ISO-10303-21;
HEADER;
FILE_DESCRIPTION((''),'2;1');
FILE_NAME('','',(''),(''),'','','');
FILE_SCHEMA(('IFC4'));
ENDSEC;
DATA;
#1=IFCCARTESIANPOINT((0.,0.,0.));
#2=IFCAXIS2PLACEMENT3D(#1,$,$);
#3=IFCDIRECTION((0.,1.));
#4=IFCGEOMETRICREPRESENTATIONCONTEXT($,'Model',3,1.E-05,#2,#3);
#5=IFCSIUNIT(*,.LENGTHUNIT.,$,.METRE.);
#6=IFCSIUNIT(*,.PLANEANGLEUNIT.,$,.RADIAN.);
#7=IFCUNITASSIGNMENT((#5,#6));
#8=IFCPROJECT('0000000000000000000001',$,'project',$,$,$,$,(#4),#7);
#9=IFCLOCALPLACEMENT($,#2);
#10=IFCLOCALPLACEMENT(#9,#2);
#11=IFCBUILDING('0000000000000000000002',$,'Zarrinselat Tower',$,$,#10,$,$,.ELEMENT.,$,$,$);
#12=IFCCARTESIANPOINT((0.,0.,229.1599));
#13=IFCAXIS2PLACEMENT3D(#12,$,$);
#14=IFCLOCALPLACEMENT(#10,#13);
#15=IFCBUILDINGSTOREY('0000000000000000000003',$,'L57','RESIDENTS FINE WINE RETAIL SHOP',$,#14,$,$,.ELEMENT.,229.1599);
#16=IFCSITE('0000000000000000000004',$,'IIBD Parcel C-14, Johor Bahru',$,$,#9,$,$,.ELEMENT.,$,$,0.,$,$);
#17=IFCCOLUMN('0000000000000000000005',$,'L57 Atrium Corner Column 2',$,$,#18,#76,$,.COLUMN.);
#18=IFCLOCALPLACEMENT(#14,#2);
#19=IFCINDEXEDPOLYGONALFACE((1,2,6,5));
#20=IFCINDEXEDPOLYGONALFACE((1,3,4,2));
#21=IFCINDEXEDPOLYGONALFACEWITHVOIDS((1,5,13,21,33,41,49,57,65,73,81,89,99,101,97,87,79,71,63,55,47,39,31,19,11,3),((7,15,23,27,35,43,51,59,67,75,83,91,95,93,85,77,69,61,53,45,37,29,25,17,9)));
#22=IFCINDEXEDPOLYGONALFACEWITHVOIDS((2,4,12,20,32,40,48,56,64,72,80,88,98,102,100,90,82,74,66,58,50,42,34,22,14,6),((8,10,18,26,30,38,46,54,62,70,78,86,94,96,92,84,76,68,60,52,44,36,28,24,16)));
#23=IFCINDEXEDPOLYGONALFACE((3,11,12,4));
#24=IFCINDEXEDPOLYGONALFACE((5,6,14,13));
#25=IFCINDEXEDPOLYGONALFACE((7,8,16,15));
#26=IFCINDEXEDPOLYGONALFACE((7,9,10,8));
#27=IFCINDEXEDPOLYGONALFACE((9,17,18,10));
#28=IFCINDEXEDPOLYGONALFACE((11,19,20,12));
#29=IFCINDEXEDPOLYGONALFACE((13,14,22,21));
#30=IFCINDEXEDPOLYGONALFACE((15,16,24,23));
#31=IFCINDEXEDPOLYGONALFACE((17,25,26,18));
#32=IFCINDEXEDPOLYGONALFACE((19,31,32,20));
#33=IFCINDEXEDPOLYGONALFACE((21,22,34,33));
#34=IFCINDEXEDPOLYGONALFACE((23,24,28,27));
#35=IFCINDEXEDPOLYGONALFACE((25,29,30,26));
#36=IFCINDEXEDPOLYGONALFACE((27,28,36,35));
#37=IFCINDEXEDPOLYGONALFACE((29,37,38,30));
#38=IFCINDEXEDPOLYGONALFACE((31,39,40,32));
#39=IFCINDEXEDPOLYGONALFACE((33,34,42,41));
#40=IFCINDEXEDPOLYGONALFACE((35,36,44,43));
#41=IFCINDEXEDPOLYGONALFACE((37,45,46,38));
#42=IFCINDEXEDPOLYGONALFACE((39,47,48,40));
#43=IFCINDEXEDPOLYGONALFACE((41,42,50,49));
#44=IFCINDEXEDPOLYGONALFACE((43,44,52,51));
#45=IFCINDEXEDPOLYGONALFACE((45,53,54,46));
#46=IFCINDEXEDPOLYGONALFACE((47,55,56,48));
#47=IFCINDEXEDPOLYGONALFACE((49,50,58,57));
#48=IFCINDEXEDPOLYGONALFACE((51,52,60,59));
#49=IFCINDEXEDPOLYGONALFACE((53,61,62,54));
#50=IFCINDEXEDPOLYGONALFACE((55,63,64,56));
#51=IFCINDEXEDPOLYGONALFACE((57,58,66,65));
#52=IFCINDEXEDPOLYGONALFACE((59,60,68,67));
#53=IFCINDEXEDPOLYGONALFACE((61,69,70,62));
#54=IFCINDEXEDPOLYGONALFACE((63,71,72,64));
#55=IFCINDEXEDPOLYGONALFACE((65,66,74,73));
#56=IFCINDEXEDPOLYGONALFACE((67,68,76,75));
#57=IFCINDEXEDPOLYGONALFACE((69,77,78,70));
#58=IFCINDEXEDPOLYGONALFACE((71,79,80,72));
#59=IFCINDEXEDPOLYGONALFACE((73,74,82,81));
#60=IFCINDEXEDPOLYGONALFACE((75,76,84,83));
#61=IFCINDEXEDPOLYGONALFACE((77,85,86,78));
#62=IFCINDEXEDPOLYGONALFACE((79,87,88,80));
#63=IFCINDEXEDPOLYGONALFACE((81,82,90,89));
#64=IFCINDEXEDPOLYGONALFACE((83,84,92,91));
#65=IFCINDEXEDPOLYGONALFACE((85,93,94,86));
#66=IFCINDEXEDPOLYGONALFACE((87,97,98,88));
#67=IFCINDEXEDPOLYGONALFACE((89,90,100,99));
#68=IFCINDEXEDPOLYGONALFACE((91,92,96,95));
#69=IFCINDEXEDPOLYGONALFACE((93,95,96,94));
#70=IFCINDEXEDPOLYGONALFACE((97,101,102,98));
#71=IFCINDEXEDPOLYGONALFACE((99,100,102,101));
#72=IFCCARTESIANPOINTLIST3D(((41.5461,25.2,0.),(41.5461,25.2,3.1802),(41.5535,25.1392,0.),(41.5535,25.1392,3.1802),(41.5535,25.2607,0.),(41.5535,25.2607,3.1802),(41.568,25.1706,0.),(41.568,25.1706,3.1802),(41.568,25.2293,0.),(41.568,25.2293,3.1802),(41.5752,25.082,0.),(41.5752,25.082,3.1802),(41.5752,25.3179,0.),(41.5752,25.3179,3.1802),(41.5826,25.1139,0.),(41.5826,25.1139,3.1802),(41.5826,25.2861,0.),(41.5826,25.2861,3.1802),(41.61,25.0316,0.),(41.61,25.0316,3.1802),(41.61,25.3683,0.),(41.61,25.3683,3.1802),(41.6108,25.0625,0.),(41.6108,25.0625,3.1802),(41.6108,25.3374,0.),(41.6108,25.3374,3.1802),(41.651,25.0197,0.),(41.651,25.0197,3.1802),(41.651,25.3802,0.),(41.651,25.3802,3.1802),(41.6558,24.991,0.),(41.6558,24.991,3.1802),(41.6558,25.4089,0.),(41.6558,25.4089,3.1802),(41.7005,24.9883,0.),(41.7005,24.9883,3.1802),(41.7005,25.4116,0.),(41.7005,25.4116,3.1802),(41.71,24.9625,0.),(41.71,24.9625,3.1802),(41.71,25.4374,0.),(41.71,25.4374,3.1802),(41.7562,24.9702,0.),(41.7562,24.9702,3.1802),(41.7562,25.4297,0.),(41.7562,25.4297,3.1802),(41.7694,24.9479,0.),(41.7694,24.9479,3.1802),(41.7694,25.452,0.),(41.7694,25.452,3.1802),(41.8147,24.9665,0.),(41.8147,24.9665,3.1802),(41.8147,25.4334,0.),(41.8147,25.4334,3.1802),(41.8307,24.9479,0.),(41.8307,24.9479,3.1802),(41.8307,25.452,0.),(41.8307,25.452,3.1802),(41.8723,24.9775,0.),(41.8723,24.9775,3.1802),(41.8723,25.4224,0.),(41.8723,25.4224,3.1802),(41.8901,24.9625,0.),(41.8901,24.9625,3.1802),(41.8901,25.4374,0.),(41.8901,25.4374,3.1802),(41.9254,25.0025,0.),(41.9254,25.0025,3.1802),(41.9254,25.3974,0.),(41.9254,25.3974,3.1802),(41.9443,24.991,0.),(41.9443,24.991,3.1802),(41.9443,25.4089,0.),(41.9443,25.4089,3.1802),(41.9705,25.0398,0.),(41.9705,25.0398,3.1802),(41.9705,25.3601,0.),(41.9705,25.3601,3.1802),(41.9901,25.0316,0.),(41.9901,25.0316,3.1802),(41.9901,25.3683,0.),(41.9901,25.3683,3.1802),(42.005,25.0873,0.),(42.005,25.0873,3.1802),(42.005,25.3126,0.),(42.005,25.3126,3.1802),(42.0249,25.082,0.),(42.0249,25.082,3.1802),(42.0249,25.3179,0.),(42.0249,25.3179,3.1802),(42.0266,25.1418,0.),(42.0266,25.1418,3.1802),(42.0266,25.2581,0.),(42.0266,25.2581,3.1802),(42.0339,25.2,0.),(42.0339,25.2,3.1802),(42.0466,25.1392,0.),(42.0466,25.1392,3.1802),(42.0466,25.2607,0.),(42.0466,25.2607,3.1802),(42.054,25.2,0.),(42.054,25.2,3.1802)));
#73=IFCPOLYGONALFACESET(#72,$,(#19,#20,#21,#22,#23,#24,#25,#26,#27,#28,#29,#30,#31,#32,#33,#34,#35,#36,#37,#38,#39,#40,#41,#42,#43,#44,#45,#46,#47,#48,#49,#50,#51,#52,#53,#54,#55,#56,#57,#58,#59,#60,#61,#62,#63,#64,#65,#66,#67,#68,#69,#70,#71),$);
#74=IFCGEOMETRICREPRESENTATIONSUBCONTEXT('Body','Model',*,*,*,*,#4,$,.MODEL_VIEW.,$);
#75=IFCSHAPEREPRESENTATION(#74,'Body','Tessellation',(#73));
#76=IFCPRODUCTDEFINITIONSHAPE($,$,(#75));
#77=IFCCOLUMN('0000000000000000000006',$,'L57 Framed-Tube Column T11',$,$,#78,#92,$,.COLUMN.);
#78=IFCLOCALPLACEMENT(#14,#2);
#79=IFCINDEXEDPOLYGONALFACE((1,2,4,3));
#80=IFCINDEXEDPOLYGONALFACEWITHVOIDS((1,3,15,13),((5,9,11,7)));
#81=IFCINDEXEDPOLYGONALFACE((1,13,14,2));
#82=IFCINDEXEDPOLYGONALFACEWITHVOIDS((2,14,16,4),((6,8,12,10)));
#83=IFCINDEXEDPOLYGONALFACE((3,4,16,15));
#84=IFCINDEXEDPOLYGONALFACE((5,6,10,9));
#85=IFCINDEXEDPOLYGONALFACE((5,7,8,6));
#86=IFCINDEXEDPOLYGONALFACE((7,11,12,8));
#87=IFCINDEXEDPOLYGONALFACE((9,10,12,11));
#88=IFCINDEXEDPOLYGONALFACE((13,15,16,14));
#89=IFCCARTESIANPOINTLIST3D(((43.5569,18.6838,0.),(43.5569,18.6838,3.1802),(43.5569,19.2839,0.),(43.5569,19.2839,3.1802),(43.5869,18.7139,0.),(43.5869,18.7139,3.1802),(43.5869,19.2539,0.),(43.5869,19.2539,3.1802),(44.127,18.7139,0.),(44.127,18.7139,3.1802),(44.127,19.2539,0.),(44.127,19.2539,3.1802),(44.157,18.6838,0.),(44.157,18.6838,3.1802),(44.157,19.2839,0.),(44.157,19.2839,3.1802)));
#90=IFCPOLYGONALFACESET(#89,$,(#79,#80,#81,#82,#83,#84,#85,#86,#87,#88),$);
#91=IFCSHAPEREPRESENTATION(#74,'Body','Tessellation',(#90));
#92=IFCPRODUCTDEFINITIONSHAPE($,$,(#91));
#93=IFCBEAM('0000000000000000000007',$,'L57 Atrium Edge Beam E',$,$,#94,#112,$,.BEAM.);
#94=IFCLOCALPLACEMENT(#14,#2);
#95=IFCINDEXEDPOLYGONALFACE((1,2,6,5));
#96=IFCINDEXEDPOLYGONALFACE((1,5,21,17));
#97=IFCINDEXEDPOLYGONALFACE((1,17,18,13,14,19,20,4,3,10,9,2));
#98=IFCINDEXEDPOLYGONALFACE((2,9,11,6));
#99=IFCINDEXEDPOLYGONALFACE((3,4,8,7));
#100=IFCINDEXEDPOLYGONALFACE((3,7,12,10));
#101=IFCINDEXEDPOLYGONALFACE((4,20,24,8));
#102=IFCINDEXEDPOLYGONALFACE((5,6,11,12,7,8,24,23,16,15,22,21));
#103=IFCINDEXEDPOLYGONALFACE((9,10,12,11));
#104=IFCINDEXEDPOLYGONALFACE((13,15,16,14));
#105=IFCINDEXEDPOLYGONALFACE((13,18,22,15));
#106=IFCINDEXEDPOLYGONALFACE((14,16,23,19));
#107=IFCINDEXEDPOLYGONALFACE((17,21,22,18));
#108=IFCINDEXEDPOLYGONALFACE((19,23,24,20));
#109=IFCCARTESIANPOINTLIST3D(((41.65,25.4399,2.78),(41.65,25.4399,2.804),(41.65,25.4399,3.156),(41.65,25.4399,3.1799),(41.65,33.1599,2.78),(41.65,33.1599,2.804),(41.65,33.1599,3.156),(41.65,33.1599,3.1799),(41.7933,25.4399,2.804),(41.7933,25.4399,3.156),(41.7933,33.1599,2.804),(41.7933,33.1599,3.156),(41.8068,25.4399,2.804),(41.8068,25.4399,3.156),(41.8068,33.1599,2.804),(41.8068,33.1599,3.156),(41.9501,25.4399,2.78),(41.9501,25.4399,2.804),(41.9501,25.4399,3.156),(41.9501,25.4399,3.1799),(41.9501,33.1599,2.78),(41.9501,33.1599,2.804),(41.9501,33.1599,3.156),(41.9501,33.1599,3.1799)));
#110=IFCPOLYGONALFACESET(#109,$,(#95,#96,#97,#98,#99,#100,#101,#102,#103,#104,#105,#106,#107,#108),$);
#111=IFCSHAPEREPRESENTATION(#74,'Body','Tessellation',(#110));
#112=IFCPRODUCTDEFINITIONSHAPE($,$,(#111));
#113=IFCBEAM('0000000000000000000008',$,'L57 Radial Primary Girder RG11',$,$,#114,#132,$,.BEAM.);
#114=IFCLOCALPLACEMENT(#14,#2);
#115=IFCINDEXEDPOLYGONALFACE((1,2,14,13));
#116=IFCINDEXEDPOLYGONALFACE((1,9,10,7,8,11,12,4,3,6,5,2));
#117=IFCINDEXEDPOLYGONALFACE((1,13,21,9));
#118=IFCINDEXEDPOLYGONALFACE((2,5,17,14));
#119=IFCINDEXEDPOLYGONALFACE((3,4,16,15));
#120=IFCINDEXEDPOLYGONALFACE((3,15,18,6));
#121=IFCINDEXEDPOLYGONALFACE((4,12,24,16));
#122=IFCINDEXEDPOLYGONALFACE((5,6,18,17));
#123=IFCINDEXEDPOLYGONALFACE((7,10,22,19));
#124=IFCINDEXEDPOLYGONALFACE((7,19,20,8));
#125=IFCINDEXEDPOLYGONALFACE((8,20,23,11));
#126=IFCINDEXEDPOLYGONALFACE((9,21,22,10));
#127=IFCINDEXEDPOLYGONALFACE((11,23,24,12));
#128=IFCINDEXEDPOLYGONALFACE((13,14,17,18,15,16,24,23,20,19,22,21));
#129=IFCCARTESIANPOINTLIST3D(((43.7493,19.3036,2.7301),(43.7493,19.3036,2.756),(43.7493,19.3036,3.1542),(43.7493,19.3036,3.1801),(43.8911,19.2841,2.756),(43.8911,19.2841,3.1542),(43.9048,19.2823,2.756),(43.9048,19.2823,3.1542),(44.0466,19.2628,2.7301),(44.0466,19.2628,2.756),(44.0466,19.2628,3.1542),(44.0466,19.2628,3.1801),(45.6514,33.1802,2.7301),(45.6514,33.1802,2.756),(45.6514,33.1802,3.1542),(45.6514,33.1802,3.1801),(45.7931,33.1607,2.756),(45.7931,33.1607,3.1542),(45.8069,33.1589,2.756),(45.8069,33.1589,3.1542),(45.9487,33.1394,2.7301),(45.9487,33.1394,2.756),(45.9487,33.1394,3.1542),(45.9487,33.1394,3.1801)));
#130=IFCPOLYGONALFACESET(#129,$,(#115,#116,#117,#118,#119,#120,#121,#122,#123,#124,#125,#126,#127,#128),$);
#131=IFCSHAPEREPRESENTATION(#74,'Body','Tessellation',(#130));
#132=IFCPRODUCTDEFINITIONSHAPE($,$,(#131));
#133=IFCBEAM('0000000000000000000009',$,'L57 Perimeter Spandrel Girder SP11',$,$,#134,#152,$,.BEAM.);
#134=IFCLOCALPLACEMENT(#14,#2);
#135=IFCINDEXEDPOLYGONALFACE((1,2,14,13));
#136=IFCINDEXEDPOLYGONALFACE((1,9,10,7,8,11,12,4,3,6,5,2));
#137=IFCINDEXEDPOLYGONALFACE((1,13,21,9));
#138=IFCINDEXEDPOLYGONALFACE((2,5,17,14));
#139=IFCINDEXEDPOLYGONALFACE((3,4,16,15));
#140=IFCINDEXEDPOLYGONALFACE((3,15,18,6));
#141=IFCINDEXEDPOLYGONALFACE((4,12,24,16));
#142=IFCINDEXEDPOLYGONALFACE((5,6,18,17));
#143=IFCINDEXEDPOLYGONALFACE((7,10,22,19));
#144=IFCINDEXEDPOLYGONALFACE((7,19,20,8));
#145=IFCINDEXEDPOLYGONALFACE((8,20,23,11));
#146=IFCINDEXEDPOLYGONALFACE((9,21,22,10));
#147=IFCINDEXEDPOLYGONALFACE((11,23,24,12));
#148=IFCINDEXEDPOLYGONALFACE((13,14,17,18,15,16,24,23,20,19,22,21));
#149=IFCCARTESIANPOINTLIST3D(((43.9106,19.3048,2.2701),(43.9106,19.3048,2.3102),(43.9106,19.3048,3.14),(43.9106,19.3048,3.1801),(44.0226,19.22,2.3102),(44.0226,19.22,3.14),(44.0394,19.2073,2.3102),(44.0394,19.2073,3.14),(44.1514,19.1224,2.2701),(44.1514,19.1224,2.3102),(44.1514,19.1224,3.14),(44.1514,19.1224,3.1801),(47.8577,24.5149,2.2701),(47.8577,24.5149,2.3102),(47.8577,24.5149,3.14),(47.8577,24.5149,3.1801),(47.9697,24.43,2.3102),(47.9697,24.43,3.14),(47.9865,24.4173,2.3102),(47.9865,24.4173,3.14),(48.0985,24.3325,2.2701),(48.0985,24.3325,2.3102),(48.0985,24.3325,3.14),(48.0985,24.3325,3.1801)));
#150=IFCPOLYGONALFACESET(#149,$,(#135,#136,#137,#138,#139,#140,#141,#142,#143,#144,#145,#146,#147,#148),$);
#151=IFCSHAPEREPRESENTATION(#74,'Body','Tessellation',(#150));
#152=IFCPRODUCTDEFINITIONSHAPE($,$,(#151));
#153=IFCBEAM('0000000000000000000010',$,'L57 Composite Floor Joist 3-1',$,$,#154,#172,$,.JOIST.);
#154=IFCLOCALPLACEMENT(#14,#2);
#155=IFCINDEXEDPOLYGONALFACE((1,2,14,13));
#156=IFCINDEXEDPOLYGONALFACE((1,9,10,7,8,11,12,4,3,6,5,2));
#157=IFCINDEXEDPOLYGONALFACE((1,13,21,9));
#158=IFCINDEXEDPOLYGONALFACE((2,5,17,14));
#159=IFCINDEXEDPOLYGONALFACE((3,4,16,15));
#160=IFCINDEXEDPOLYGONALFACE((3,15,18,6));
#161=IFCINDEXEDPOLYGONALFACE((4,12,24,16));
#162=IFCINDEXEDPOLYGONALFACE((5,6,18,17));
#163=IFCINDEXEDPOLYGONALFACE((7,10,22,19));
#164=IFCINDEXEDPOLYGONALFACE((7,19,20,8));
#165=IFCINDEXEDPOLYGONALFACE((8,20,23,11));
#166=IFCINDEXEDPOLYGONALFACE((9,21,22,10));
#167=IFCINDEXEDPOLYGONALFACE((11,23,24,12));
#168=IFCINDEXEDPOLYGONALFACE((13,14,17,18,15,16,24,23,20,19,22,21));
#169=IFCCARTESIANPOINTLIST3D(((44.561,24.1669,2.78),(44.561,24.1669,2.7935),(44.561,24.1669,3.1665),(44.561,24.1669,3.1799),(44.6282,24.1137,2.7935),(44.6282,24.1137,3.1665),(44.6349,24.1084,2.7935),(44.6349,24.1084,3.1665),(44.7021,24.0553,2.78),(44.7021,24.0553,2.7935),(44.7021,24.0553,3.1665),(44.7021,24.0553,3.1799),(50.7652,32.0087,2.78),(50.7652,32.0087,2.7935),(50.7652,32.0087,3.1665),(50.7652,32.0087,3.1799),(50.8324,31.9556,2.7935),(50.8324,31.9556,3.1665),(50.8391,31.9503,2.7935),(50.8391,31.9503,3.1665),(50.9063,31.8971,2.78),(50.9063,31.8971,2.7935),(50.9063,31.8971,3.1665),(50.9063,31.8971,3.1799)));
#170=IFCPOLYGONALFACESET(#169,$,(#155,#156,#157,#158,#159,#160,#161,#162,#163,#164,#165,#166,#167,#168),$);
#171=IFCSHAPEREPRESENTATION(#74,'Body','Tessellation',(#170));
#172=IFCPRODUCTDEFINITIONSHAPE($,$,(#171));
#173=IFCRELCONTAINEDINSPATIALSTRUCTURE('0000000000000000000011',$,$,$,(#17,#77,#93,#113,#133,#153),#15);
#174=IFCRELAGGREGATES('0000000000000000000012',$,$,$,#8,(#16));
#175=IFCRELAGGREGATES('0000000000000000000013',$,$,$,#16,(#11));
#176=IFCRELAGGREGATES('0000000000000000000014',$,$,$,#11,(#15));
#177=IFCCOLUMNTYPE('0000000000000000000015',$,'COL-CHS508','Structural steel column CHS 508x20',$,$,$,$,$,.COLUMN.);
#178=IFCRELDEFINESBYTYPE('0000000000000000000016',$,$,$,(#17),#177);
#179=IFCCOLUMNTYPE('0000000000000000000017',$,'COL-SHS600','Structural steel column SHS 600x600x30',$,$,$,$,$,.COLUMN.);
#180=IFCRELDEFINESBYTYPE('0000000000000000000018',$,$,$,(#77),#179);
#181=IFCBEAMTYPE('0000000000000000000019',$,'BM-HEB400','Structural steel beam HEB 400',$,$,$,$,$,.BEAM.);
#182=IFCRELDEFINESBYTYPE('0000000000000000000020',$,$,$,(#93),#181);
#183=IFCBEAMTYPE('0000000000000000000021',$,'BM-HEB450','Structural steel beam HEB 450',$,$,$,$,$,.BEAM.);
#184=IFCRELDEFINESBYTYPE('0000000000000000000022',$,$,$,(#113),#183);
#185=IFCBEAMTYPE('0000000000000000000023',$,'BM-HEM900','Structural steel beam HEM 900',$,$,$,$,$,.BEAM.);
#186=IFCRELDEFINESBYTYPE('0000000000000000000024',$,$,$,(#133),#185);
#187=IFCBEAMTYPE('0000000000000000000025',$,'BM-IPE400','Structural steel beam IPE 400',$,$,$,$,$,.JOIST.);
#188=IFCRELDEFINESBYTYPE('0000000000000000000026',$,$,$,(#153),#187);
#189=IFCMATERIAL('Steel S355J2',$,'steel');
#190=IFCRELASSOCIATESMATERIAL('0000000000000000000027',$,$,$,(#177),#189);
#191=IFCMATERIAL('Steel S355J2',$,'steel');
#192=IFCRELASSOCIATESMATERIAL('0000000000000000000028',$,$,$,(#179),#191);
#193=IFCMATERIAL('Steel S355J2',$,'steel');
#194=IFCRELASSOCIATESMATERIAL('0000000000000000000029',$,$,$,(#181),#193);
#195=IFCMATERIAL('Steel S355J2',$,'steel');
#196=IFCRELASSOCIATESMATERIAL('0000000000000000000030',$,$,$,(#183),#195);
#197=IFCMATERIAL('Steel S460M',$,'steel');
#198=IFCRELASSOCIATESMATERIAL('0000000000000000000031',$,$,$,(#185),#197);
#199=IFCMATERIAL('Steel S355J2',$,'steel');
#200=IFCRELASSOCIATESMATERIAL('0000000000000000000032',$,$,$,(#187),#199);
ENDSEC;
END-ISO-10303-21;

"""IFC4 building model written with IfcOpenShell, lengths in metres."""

from ifc_helpers import new_model, si_unit, direction, frame, origin, origin_2d, place, context, subcontext, project, spatial, hollow_rectangle, hollow_circle, i_section, extrude, material, material_profile, profile_set, type_object, element, save


model = new_model("IFC4")

# Units and contexts
model_context = context("Model", 3, precision=1e-05, world=origin(), true_north=direction((0.0, 1.0)))
body_context = subcontext(model_context, "Body", "Model", "MODEL_VIEW")
ifc_project = project(units=[si_unit("LENGTHUNIT", "METRE"), si_unit("PLANEANGLEUNIT", "RADIAN")], contexts=[model_context])

# Site, building, storey
site_placement = place(None, origin())
site = spatial("IfcSite", under=ifc_project, at=site_placement, Name="IIBD Parcel C-14, Johor Bahru", CompositionType="ELEMENT", RefElevation=0.0)
building_placement = place(site_placement, origin())
building = spatial("IfcBuilding", under=site, at=building_placement, Name="Zarrinselat Tower", CompositionType="ELEMENT")
storey_placement = place(building_placement, frame((0.0, 0.0, 229.1599)))
storey = spatial("IfcBuildingStorey", under=building, at=storey_placement, Name="L57", Description="RESIDENTS FINE WINE RETAIL SHOP", CompositionType="ELEMENT", Elevation=229.1599)

# Columns
ifc_material_1 = material(Name="Steel S355J2", Category="steel")
ifc_material_profile_1 = material_profile(ifc_material_1, hollow_circle(Radius=0.2539, WallThickness=0.02, at=origin_2d()), Name="CHS 508x20")
ifc_profile_set_1 = profile_set([ifc_material_profile_1], Name="Steel S355J2")
column_type_1 = type_object("IfcColumnType", Name="COL-CHS508", Description="Structural steel column CHS 508x20", PredefinedType="COLUMN", material=ifc_profile_set_1)
column_1_placement = place(storey_placement, frame((41.8, 25.2, 0.0), z_axis=(0.0, 0.0, 1.0), x_axis=(1.0, 0.0, 0.0)))
element("IfcColumn", 1, at=column_1_placement, inside=storey, type_object=column_type_1, Name="L57 Atrium Corner Column 2", PredefinedType="COLUMN", context=body_context, shape_type="SweptSolid", body=[
    extrude(hollow_circle(Radius=0.2539, WallThickness=0.02, at=origin_2d()), origin(), (0.0, 0.0, 1.0), 3.1802),
])
ifc_material_2 = material(Name="Steel S355J2", Category="steel")
ifc_material_profile_2 = material_profile(ifc_material_2, hollow_rectangle(XDim=0.6001, YDim=0.6001, WallThickness=0.03, at=origin_2d()), Name="SHS 600x600x30")
ifc_profile_set_2 = profile_set([ifc_material_profile_2], Name="Steel S355J2")
column_type_2 = type_object("IfcColumnType", Name="COL-SHS600", Description="Structural steel column SHS 600x600x30", PredefinedType="COLUMN", material=ifc_profile_set_2)
column_2_placement = place(storey_placement, frame((43.8569, 18.9839, 0.0), z_axis=(0.0, 0.0, 1.0), x_axis=(1.0, 0.0, 0.0)))
element("IfcColumn", 2, at=column_2_placement, inside=storey, type_object=column_type_2, Name="L57 Framed-Tube Column T11", PredefinedType="COLUMN", context=body_context, shape_type="SweptSolid", body=[
    extrude(hollow_rectangle(XDim=0.6001, YDim=0.6001, WallThickness=0.03, at=origin_2d()), origin(), (0.0, 0.0, 1.0), 3.1802),
])

# Beams
ifc_material_3 = material(Name="Steel S355J2", Category="steel")
ifc_material_profile_3 = material_profile(ifc_material_3, i_section(OverallWidth=0.3, OverallDepth=0.3999, WebThickness=0.0134, FlangeThickness=0.0239, at=origin_2d()), Name="HEB 400")
ifc_profile_set_3 = profile_set([ifc_material_profile_3], Name="Steel S355J2")
beam_type_1 = type_object("IfcBeamType", Name="BM-HEB400", Description="Structural steel beam HEB 400", PredefinedType="BEAM", material=ifc_profile_set_3)
beam_1_placement = place(storey_placement, frame((41.8, 25.4399, 2.98), z_axis=(0.0, 1.0, 0.0), x_axis=(-1.0, 0.0, 0.0)))
element("IfcBeam", 3, at=beam_1_placement, inside=storey, type_object=beam_type_1, Name="L57 Atrium Edge Beam E", PredefinedType="BEAM", context=body_context, shape_type="SweptSolid", body=[
    extrude(i_section(OverallWidth=0.3, OverallDepth=0.3999, WebThickness=0.0134, FlangeThickness=0.0239, at=origin_2d()), origin(), (0.0, 0.0, 1.0), 7.72),
])
ifc_material_4 = material(Name="Steel S355J2", Category="steel")
ifc_material_profile_4 = material_profile(ifc_material_4, i_section(OverallWidth=0.3, OverallDepth=0.45, WebThickness=0.0139, FlangeThickness=0.0259, at=origin_2d()), Name="HEB 450")
ifc_profile_set_4 = profile_set([ifc_material_profile_4], Name="Steel S355J2")
beam_type_2 = type_object("IfcBeamType", Name="BM-HEB450", Description="Structural steel beam HEB 450", PredefinedType="BEAM", material=ifc_profile_set_4)
beam_2_placement = place(storey_placement, frame((43.8979, 19.2832, 2.9551), z_axis=(0.135802, 0.990736, 0.0), x_axis=(-0.990736, 0.135802, 0.0)))
element("IfcBeam", 4, at=beam_2_placement, inside=storey, type_object=beam_type_2, Name="L57 Radial Primary Girder RG11", PredefinedType="BEAM", context=body_context, shape_type="SweptSolid", body=[
    extrude(i_section(OverallWidth=0.3, OverallDepth=0.45, WebThickness=0.0139, FlangeThickness=0.0259, at=origin_2d()), origin(), (0.0, 0.0, 1.0), 14.0063),
])
ifc_material_5 = material(Name="Steel S460M", Category="steel")
ifc_material_profile_5 = material_profile(ifc_material_5, i_section(OverallWidth=0.302, OverallDepth=0.9099, WebThickness=0.021, FlangeThickness=0.04, at=origin_2d()), Name="HEM 900")
ifc_profile_set_5 = profile_set([ifc_material_profile_5], Name="Steel S460M")
beam_type_3 = type_object("IfcBeamType", Name="BM-HEM900", Description="Structural steel beam HEM 900", PredefinedType="BEAM", material=ifc_profile_set_5)
beam_3_placement = place(storey_placement, frame((44.031, 19.2136, 2.7251), z_axis=(0.603866, 0.797086, 0.0), x_axis=(-0.797086, 0.603866, 0.0)))
element("IfcBeam", 5, at=beam_3_placement, inside=storey, type_object=beam_type_3, Name="L57 Perimeter Spandrel Girder SP11", PredefinedType="BEAM", context=body_context, shape_type="SweptSolid", body=[
    extrude(i_section(OverallWidth=0.302, OverallDepth=0.9099, WebThickness=0.021, FlangeThickness=0.04, at=origin_2d()), origin(), (0.0, 0.0, 1.0), 6.5364),
])
ifc_material_6 = material(Name="Steel S355J2", Category="steel")
ifc_material_profile_6 = material_profile(ifc_material_6, i_section(OverallWidth=0.1799, OverallDepth=0.3999, WebThickness=0.0085, FlangeThickness=0.0134, at=origin_2d()), Name="IPE 400")
ifc_profile_set_6 = profile_set([ifc_material_profile_6], Name="Steel S355J2")
beam_type_4 = type_object("IfcBeamType", Name="BM-IPE400", Description="Structural steel beam IPE 400", PredefinedType="JOIST", material=ifc_profile_set_6)
beam_4_placement = place(storey_placement, frame((44.6316, 24.1111, 2.98), z_axis=(0.620458, 0.78424, 0.0), x_axis=(-0.78424, 0.620458, 0.0)))
element("IfcBeam", 6, at=beam_4_placement, inside=storey, type_object=beam_type_4, Name="L57 Composite Floor Joist 3-1", PredefinedType="JOIST", context=body_context, shape_type="SweptSolid", body=[
    extrude(i_section(OverallWidth=0.1799, OverallDepth=0.3999, WebThickness=0.0085, FlangeThickness=0.0134, at=origin_2d()), origin(), (0.0, 0.0, 1.0), 9.9993),
])

save(model, "model.ifc")
